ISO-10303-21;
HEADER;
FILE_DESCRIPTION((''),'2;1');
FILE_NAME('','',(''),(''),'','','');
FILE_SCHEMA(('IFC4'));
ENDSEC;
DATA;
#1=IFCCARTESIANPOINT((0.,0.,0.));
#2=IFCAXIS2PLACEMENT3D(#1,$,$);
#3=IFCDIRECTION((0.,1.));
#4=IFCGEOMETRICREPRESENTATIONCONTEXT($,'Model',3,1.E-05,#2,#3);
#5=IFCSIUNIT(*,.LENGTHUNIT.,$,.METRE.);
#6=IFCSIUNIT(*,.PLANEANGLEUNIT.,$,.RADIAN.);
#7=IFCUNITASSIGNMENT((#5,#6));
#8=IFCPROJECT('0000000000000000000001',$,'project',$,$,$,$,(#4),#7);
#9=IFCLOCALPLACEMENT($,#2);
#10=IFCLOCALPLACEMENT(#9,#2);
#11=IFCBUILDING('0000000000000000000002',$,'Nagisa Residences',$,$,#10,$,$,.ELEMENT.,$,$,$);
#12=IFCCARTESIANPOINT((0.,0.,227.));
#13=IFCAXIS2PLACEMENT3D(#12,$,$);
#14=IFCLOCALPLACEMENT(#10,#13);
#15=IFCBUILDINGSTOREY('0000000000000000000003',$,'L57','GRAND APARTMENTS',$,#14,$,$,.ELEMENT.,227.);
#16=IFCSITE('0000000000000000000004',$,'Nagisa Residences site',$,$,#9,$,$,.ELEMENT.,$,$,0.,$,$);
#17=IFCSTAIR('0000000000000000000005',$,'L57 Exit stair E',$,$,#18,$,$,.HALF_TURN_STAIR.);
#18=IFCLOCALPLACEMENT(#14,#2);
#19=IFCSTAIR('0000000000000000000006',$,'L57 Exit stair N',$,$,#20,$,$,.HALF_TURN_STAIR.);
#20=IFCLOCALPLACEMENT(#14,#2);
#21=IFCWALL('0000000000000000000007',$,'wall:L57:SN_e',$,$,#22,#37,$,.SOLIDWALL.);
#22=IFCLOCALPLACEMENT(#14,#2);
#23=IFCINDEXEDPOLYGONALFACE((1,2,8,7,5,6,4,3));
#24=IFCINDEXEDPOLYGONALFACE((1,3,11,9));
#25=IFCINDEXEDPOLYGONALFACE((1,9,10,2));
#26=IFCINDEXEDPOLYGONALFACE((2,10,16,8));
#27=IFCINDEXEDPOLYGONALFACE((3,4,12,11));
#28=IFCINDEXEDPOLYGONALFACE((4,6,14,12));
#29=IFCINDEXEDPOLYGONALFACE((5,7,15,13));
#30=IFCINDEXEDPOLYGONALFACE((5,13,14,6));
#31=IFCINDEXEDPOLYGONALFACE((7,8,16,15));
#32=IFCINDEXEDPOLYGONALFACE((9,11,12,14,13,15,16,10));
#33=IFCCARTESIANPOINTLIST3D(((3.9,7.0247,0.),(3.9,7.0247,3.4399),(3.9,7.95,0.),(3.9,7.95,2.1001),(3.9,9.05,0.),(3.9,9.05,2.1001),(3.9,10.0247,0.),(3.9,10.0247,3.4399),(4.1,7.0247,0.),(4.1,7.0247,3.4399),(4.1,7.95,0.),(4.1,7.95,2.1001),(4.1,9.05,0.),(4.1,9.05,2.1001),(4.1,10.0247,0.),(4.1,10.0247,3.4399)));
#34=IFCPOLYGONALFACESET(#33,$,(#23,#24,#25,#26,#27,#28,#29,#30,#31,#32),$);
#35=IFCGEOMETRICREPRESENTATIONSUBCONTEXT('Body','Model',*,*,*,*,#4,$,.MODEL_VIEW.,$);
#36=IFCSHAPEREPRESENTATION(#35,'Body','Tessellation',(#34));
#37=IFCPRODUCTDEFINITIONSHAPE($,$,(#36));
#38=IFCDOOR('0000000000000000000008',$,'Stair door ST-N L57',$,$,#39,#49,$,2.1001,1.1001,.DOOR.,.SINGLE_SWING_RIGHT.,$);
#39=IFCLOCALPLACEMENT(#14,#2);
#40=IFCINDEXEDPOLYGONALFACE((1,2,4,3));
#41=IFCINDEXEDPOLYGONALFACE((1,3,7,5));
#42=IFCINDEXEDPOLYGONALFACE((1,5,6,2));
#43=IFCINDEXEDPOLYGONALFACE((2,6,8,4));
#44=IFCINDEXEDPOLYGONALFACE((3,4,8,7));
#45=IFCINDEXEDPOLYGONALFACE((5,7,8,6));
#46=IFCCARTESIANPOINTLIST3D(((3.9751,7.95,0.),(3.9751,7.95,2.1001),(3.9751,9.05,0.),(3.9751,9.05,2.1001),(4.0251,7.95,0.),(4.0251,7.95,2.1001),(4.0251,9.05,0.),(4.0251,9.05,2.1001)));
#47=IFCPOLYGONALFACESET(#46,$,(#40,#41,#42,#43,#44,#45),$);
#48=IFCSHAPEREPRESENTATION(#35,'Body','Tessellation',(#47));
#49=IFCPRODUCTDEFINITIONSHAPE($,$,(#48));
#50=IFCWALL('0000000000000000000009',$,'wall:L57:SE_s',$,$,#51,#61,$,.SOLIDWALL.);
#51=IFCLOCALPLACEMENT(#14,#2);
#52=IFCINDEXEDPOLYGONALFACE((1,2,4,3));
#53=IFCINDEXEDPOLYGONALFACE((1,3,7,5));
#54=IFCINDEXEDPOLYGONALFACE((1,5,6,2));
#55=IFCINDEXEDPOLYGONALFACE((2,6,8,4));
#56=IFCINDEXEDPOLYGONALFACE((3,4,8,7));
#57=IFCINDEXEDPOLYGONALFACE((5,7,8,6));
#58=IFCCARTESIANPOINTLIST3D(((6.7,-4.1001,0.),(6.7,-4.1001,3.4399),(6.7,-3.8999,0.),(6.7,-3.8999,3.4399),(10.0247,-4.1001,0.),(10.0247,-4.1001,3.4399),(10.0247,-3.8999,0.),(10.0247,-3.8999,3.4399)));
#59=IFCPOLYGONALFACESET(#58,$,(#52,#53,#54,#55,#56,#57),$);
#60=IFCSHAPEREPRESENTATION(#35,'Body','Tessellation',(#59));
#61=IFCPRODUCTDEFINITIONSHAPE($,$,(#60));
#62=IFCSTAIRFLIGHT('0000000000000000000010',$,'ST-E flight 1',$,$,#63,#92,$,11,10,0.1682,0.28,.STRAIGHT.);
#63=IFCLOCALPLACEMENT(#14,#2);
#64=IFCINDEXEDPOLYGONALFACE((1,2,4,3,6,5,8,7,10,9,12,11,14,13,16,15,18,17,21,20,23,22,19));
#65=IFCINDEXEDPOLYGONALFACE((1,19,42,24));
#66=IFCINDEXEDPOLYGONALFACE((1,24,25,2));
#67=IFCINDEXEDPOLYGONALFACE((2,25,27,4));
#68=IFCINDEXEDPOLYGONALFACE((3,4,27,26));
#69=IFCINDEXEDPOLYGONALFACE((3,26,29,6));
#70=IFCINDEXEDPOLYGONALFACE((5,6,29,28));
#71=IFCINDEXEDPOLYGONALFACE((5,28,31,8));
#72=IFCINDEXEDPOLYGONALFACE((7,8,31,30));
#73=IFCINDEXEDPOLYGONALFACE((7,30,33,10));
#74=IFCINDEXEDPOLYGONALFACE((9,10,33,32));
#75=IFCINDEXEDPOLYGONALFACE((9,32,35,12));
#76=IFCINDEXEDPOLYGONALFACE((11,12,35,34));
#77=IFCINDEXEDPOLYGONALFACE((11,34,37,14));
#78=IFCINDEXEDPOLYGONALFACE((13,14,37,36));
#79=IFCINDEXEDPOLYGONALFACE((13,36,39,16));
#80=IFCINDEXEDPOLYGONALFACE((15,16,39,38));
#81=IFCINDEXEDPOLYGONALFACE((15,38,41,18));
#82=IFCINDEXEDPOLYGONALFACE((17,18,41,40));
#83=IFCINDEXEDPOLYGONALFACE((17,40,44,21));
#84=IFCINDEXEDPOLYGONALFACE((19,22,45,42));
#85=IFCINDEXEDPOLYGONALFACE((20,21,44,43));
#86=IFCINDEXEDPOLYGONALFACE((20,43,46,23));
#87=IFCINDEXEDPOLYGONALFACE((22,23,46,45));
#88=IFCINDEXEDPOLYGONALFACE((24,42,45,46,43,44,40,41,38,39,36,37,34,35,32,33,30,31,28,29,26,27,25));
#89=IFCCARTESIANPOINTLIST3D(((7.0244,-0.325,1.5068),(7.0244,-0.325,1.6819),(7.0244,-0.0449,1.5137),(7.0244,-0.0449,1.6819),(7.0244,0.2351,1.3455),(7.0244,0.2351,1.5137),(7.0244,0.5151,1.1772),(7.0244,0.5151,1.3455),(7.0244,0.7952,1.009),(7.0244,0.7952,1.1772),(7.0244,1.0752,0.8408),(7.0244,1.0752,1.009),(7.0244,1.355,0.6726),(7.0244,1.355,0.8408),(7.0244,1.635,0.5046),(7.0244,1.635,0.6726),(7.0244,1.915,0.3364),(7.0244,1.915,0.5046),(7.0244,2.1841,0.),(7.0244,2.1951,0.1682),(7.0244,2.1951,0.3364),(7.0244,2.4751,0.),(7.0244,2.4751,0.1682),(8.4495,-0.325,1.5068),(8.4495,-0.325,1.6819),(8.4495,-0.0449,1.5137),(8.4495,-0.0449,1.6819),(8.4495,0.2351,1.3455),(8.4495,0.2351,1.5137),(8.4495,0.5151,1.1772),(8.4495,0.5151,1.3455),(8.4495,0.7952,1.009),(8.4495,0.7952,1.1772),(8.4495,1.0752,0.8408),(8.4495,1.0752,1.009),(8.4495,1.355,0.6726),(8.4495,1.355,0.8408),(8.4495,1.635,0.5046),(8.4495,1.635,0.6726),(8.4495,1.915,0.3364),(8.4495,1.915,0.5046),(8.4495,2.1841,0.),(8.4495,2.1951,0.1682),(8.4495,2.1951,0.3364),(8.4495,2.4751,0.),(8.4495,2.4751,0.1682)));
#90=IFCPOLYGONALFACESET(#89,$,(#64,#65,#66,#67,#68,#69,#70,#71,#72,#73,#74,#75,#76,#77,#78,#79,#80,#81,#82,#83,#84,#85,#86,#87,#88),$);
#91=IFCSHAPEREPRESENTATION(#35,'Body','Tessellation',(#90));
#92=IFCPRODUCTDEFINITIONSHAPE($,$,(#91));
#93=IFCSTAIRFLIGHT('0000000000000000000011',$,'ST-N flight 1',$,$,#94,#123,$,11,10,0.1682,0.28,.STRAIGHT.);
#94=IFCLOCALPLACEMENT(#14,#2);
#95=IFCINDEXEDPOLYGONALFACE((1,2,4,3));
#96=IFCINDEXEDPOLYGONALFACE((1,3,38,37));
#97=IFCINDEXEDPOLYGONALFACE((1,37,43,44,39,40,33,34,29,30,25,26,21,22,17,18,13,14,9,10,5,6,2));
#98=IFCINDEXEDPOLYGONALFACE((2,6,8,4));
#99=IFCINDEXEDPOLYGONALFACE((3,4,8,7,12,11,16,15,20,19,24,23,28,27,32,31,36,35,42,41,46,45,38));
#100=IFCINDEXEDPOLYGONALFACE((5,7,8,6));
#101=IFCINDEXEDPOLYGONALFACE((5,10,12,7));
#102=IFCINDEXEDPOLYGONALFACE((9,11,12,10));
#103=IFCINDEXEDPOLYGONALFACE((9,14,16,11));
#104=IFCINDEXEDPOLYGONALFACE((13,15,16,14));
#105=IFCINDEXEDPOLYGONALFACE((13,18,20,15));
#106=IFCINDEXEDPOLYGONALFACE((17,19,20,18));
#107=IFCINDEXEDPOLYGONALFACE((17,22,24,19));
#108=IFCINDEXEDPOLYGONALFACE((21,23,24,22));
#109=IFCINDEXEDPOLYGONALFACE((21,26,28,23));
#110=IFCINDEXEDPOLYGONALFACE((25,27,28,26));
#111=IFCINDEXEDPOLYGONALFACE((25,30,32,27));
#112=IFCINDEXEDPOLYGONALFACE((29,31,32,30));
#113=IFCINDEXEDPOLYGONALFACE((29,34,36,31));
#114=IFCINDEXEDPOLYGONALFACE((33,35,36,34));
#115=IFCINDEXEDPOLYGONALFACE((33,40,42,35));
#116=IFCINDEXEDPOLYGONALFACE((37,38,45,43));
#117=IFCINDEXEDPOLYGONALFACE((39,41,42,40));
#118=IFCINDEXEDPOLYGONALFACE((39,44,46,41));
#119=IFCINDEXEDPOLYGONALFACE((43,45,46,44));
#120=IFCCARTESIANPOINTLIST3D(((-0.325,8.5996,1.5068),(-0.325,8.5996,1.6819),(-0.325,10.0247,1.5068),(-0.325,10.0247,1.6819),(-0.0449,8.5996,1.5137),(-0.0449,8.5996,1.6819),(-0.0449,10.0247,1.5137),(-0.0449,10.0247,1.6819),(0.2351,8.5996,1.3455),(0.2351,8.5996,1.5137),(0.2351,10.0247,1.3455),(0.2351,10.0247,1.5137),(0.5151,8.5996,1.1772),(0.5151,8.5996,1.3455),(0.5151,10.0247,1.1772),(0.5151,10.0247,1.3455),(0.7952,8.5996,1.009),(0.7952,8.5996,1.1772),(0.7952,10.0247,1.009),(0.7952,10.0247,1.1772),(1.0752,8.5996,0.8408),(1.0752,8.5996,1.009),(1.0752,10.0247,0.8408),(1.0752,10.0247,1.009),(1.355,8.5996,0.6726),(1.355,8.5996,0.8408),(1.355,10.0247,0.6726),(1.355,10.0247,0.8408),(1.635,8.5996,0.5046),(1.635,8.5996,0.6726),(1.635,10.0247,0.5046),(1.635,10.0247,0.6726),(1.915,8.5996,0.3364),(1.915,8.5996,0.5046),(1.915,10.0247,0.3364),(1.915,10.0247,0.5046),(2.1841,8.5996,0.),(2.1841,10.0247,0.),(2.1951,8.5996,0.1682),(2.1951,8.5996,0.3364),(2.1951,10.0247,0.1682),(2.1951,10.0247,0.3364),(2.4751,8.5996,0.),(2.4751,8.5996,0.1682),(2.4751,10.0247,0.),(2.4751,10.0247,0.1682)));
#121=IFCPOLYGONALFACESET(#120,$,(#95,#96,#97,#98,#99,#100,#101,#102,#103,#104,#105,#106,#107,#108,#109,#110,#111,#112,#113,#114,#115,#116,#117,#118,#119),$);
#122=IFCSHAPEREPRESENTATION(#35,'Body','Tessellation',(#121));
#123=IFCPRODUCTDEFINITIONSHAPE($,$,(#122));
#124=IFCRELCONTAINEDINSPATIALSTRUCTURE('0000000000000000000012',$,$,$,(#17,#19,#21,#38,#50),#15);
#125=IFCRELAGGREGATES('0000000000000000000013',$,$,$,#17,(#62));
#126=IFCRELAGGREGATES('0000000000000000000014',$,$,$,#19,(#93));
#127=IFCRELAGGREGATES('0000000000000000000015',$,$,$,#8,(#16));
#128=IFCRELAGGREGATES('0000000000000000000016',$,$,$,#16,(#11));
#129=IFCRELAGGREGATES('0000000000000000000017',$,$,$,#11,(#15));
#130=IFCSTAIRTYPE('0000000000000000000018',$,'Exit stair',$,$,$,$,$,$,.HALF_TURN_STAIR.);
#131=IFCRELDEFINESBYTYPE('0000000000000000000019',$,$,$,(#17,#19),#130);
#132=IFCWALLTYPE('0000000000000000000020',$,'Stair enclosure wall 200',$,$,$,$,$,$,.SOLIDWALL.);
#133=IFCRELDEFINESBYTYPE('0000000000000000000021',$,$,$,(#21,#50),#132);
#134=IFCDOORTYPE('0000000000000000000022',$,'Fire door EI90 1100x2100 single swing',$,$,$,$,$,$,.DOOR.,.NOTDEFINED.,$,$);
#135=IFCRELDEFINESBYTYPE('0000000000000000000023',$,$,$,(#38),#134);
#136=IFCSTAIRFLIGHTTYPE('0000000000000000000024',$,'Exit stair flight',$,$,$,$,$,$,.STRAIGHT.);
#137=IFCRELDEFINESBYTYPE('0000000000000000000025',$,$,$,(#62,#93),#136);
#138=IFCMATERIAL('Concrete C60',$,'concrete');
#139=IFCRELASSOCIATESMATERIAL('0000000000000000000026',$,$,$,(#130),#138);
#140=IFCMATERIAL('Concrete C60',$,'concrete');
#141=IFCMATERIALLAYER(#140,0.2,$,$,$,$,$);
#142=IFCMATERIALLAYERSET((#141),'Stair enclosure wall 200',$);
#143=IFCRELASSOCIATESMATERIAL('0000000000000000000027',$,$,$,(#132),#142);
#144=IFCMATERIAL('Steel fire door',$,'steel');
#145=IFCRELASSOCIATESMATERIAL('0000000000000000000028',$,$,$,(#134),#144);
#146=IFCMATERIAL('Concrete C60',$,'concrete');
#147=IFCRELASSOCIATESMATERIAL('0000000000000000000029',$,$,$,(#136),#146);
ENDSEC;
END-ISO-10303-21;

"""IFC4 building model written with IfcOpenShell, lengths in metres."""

from ifc_helpers import new_model, si_unit, direction, frame, frame_2d, origin, place, context, subcontext, project, spatial, polyline, rectangle, outline, extrude, material, layer, layer_set, type_object, element, fill, aggregate, save


model = new_model("IFC4")

# Units and contexts
model_context = context("Model", 3, precision=1e-05, world=origin(), true_north=direction((0.0, 1.0)))
body_context = subcontext(model_context, "Body", "Model", "MODEL_VIEW")
ifc_project = project(units=[si_unit("LENGTHUNIT", "METRE"), si_unit("PLANEANGLEUNIT", "RADIAN")], contexts=[model_context])

# Site, building, storey
site_placement = place(None, origin())
site = spatial("IfcSite", under=ifc_project, at=site_placement, Name="Nagisa Residences site", CompositionType="ELEMENT", RefElevation=0.0)
building_placement = place(site_placement, origin())
building = spatial("IfcBuilding", under=site, at=building_placement, Name="Nagisa Residences", CompositionType="ELEMENT")
storey_placement = place(building_placement, frame((0.0, 0.0, 227.0)))
storey = spatial("IfcBuildingStorey", under=building, at=storey_placement, Name="L57", Description="GRAND APARTMENTS", CompositionType="ELEMENT", Elevation=227.0)

# Stairs
ifc_material_1 = material(Name="Concrete C60", Category="concrete")
stair_type = type_object("IfcStairType", Name="Exit stair", PredefinedType="HALF_TURN_STAIR", material=ifc_material_1)
stair_1_placement = place(storey_placement, origin())
stair_1 = element("IfcStair", 1, at=stair_1_placement, inside=storey, type_object=stair_type, Name="L57 Exit stair E", PredefinedType="HALF_TURN_STAIR")
stair_2_placement = place(storey_placement, origin())
stair_2 = element("IfcStair", 2, at=stair_2_placement, inside=storey, type_object=stair_type, Name="L57 Exit stair N", PredefinedType="HALF_TURN_STAIR")

# Wall, opening, door
ifc_material_2 = material(Name="Concrete C60", Category="concrete")
ifc_layer_1 = layer(ifc_material_2, 0.2)
ifc_layer_set_1 = layer_set([ifc_layer_1], Name="Stair enclosure wall 200")
wall_type_1 = type_object("IfcWallType", Name="Stair enclosure wall 200", PredefinedType="SOLIDWALL", material=ifc_layer_set_1)
ifc_material_3 = material(Name="Steel fire door", Category="steel")
door_type_1 = type_object("IfcDoorType", Name="Fire door EI90 1100x2100 single swing", OperationType="NOTDEFINED", PredefinedType="DOOR", material=ifc_material_3)
wall_1_placement = place(storey_placement, frame((4.0, 7.0247, 0.0), z_axis=(0.0, 0.0, 1.0), x_axis=(0.0, 1.0, 0.0)))
wall_1 = element("IfcWall", 3, at=wall_1_placement, inside=storey, type_object=wall_type_1, Name="wall:L57:SN_e", PredefinedType="SOLIDWALL", context=body_context, shape_type="SweptSolid", body=[
    extrude(rectangle(XDim=3.0, YDim=0.2, at=frame_2d((1.5, 0.0))), origin(), (0.0, 0.0, 1.0), 3.4399),
])
opening_1_placement = place(wall_1_placement, frame((0.9253, 0.0, 0.0)))
opening_1 = element("IfcOpeningElement", 4, at=opening_1_placement, cuts=wall_1, PredefinedType="OPENING", context=body_context, shape_type="SweptSolid", body=[
    extrude(rectangle(XDim=1.1001, YDim=2.1001, at=frame_2d((0.55, 1.05))), frame((0.0, 0.1099, 0.0), z_axis=(0.0, -1.0, 0.0), x_axis=(1.0, 0.0, 0.0)), (0.0, 0.0, 1.0), 0.22),
])
door_1_placement = place(opening_1_placement, origin())
door_1 = element("IfcDoor", 5, at=door_1_placement, inside=storey, type_object=door_type_1, Name="Stair door ST-N L57", OperationType="SINGLE_SWING_RIGHT", OverallHeight=2.1001, OverallWidth=1.1001, PredefinedType="DOOR", context=body_context, shape_type="SweptSolid", body=[
    extrude(rectangle(XDim=1.1001, YDim=2.1001, at=frame_2d((0.55, 1.05))), frame((0.0, 0.0249, 0.0), z_axis=(0.0, -1.0, 0.0), x_axis=(1.0, 0.0, 0.0)), (0.0, 0.0, 1.0), 0.05),
])
fill(opening_1, door_1)

# Wall
wall_2_placement = place(storey_placement, origin())
element("IfcWall", 6, at=wall_2_placement, inside=storey, type_object=wall_type_1, Name="wall:L57:SE_s", PredefinedType="SOLIDWALL", context=body_context, shape_type="SweptSolid", body=[
    extrude(outline(polyline([(10.0247, -4.1001), (6.7, -4.1001), (6.7, -3.8999), (10.0247, -3.8999), (10.0247, -4.1001)])), origin(), (0.0, 0.0, 1.0), 3.4399),
])

# Stair flights
ifc_material_4 = material(Name="Concrete C60", Category="concrete")
stair_flight_type = type_object("IfcStairFlightType", Name="Exit stair flight", PredefinedType="STRAIGHT", material=ifc_material_4)
stair_flight_1_placement = place(storey_placement, frame((7.7371, 2.4751, 0.0), z_axis=(0.0, 0.0, 1.0), x_axis=(0.0, -1.0, 0.0)))
stair_flight_1 = element("IfcStairFlight", 7, at=stair_flight_1_placement, type_object=stair_flight_type, Name="ST-E flight 1", NumberOfRisers=11, NumberOfTreads=10, PredefinedType="STRAIGHT", RiserHeight=0.1682, TreadLength=0.28, context=body_context, shape_type="SweptSolid", body=[
    extrude(outline(polyline([(0.0, 0.0), (0.0, 0.1682), (0.28, 0.1682), (0.28, 0.3364), (0.5601, 0.3364), (0.5601, 0.5046), (0.8401, 0.5046), (0.8401, 0.6726), (1.1201, 0.6726), (1.1201, 0.8408), (1.3999, 0.8408), (1.3999, 1.009), (1.6799, 1.009), (1.6799, 1.1772), (1.96, 1.1772), (1.96, 1.3455), (2.24, 1.3455), (2.24, 1.5137), (2.52, 1.5137), (2.52, 1.6819), (2.8, 1.6819), (2.8, 1.8501), (2.8, 1.5068), (0.291, 0.0), (0.0, 0.0)])), frame((0.0, 0.7124, 0.0), z_axis=(0.0, -1.0, 0.0), x_axis=(1.0, 0.0, 0.0)), (0.0, 0.0, 1.0), 1.425),
])
aggregate(stair_1, [stair_flight_1])
stair_flight_2_placement = place(storey_placement, frame((2.4751, 9.312, 0.0), z_axis=(0.0, 0.0, 1.0), x_axis=(-1.0, 0.0, 0.0)))
stair_flight_2 = element("IfcStairFlight", 8, at=stair_flight_2_placement, type_object=stair_flight_type, Name="ST-N flight 1", NumberOfRisers=11, NumberOfTreads=10, PredefinedType="STRAIGHT", RiserHeight=0.1682, TreadLength=0.28, context=body_context, shape_type="SweptSolid", body=[
    extrude(outline(polyline([(0.0, 0.0), (0.0, 0.1682), (0.28, 0.1682), (0.28, 0.3364), (0.5601, 0.3364), (0.5601, 0.5046), (0.8401, 0.5046), (0.8401, 0.6726), (1.1201, 0.6726), (1.1201, 0.8408), (1.3999, 0.8408), (1.3999, 1.009), (1.6799, 1.009), (1.6799, 1.1772), (1.96, 1.1772), (1.96, 1.3455), (2.24, 1.3455), (2.24, 1.5137), (2.52, 1.5137), (2.52, 1.6819), (2.8, 1.6819), (2.8, 1.8501), (2.8, 1.5068), (0.291, 0.0), (0.0, 0.0)])), frame((0.0, 0.7124, 0.0), z_axis=(0.0, -1.0, 0.0), x_axis=(1.0, 0.0, 0.0)), (0.0, 0.0, 1.0), 1.425),
])
aggregate(stair_2, [stair_flight_2])

save(model, "model.ifc")
